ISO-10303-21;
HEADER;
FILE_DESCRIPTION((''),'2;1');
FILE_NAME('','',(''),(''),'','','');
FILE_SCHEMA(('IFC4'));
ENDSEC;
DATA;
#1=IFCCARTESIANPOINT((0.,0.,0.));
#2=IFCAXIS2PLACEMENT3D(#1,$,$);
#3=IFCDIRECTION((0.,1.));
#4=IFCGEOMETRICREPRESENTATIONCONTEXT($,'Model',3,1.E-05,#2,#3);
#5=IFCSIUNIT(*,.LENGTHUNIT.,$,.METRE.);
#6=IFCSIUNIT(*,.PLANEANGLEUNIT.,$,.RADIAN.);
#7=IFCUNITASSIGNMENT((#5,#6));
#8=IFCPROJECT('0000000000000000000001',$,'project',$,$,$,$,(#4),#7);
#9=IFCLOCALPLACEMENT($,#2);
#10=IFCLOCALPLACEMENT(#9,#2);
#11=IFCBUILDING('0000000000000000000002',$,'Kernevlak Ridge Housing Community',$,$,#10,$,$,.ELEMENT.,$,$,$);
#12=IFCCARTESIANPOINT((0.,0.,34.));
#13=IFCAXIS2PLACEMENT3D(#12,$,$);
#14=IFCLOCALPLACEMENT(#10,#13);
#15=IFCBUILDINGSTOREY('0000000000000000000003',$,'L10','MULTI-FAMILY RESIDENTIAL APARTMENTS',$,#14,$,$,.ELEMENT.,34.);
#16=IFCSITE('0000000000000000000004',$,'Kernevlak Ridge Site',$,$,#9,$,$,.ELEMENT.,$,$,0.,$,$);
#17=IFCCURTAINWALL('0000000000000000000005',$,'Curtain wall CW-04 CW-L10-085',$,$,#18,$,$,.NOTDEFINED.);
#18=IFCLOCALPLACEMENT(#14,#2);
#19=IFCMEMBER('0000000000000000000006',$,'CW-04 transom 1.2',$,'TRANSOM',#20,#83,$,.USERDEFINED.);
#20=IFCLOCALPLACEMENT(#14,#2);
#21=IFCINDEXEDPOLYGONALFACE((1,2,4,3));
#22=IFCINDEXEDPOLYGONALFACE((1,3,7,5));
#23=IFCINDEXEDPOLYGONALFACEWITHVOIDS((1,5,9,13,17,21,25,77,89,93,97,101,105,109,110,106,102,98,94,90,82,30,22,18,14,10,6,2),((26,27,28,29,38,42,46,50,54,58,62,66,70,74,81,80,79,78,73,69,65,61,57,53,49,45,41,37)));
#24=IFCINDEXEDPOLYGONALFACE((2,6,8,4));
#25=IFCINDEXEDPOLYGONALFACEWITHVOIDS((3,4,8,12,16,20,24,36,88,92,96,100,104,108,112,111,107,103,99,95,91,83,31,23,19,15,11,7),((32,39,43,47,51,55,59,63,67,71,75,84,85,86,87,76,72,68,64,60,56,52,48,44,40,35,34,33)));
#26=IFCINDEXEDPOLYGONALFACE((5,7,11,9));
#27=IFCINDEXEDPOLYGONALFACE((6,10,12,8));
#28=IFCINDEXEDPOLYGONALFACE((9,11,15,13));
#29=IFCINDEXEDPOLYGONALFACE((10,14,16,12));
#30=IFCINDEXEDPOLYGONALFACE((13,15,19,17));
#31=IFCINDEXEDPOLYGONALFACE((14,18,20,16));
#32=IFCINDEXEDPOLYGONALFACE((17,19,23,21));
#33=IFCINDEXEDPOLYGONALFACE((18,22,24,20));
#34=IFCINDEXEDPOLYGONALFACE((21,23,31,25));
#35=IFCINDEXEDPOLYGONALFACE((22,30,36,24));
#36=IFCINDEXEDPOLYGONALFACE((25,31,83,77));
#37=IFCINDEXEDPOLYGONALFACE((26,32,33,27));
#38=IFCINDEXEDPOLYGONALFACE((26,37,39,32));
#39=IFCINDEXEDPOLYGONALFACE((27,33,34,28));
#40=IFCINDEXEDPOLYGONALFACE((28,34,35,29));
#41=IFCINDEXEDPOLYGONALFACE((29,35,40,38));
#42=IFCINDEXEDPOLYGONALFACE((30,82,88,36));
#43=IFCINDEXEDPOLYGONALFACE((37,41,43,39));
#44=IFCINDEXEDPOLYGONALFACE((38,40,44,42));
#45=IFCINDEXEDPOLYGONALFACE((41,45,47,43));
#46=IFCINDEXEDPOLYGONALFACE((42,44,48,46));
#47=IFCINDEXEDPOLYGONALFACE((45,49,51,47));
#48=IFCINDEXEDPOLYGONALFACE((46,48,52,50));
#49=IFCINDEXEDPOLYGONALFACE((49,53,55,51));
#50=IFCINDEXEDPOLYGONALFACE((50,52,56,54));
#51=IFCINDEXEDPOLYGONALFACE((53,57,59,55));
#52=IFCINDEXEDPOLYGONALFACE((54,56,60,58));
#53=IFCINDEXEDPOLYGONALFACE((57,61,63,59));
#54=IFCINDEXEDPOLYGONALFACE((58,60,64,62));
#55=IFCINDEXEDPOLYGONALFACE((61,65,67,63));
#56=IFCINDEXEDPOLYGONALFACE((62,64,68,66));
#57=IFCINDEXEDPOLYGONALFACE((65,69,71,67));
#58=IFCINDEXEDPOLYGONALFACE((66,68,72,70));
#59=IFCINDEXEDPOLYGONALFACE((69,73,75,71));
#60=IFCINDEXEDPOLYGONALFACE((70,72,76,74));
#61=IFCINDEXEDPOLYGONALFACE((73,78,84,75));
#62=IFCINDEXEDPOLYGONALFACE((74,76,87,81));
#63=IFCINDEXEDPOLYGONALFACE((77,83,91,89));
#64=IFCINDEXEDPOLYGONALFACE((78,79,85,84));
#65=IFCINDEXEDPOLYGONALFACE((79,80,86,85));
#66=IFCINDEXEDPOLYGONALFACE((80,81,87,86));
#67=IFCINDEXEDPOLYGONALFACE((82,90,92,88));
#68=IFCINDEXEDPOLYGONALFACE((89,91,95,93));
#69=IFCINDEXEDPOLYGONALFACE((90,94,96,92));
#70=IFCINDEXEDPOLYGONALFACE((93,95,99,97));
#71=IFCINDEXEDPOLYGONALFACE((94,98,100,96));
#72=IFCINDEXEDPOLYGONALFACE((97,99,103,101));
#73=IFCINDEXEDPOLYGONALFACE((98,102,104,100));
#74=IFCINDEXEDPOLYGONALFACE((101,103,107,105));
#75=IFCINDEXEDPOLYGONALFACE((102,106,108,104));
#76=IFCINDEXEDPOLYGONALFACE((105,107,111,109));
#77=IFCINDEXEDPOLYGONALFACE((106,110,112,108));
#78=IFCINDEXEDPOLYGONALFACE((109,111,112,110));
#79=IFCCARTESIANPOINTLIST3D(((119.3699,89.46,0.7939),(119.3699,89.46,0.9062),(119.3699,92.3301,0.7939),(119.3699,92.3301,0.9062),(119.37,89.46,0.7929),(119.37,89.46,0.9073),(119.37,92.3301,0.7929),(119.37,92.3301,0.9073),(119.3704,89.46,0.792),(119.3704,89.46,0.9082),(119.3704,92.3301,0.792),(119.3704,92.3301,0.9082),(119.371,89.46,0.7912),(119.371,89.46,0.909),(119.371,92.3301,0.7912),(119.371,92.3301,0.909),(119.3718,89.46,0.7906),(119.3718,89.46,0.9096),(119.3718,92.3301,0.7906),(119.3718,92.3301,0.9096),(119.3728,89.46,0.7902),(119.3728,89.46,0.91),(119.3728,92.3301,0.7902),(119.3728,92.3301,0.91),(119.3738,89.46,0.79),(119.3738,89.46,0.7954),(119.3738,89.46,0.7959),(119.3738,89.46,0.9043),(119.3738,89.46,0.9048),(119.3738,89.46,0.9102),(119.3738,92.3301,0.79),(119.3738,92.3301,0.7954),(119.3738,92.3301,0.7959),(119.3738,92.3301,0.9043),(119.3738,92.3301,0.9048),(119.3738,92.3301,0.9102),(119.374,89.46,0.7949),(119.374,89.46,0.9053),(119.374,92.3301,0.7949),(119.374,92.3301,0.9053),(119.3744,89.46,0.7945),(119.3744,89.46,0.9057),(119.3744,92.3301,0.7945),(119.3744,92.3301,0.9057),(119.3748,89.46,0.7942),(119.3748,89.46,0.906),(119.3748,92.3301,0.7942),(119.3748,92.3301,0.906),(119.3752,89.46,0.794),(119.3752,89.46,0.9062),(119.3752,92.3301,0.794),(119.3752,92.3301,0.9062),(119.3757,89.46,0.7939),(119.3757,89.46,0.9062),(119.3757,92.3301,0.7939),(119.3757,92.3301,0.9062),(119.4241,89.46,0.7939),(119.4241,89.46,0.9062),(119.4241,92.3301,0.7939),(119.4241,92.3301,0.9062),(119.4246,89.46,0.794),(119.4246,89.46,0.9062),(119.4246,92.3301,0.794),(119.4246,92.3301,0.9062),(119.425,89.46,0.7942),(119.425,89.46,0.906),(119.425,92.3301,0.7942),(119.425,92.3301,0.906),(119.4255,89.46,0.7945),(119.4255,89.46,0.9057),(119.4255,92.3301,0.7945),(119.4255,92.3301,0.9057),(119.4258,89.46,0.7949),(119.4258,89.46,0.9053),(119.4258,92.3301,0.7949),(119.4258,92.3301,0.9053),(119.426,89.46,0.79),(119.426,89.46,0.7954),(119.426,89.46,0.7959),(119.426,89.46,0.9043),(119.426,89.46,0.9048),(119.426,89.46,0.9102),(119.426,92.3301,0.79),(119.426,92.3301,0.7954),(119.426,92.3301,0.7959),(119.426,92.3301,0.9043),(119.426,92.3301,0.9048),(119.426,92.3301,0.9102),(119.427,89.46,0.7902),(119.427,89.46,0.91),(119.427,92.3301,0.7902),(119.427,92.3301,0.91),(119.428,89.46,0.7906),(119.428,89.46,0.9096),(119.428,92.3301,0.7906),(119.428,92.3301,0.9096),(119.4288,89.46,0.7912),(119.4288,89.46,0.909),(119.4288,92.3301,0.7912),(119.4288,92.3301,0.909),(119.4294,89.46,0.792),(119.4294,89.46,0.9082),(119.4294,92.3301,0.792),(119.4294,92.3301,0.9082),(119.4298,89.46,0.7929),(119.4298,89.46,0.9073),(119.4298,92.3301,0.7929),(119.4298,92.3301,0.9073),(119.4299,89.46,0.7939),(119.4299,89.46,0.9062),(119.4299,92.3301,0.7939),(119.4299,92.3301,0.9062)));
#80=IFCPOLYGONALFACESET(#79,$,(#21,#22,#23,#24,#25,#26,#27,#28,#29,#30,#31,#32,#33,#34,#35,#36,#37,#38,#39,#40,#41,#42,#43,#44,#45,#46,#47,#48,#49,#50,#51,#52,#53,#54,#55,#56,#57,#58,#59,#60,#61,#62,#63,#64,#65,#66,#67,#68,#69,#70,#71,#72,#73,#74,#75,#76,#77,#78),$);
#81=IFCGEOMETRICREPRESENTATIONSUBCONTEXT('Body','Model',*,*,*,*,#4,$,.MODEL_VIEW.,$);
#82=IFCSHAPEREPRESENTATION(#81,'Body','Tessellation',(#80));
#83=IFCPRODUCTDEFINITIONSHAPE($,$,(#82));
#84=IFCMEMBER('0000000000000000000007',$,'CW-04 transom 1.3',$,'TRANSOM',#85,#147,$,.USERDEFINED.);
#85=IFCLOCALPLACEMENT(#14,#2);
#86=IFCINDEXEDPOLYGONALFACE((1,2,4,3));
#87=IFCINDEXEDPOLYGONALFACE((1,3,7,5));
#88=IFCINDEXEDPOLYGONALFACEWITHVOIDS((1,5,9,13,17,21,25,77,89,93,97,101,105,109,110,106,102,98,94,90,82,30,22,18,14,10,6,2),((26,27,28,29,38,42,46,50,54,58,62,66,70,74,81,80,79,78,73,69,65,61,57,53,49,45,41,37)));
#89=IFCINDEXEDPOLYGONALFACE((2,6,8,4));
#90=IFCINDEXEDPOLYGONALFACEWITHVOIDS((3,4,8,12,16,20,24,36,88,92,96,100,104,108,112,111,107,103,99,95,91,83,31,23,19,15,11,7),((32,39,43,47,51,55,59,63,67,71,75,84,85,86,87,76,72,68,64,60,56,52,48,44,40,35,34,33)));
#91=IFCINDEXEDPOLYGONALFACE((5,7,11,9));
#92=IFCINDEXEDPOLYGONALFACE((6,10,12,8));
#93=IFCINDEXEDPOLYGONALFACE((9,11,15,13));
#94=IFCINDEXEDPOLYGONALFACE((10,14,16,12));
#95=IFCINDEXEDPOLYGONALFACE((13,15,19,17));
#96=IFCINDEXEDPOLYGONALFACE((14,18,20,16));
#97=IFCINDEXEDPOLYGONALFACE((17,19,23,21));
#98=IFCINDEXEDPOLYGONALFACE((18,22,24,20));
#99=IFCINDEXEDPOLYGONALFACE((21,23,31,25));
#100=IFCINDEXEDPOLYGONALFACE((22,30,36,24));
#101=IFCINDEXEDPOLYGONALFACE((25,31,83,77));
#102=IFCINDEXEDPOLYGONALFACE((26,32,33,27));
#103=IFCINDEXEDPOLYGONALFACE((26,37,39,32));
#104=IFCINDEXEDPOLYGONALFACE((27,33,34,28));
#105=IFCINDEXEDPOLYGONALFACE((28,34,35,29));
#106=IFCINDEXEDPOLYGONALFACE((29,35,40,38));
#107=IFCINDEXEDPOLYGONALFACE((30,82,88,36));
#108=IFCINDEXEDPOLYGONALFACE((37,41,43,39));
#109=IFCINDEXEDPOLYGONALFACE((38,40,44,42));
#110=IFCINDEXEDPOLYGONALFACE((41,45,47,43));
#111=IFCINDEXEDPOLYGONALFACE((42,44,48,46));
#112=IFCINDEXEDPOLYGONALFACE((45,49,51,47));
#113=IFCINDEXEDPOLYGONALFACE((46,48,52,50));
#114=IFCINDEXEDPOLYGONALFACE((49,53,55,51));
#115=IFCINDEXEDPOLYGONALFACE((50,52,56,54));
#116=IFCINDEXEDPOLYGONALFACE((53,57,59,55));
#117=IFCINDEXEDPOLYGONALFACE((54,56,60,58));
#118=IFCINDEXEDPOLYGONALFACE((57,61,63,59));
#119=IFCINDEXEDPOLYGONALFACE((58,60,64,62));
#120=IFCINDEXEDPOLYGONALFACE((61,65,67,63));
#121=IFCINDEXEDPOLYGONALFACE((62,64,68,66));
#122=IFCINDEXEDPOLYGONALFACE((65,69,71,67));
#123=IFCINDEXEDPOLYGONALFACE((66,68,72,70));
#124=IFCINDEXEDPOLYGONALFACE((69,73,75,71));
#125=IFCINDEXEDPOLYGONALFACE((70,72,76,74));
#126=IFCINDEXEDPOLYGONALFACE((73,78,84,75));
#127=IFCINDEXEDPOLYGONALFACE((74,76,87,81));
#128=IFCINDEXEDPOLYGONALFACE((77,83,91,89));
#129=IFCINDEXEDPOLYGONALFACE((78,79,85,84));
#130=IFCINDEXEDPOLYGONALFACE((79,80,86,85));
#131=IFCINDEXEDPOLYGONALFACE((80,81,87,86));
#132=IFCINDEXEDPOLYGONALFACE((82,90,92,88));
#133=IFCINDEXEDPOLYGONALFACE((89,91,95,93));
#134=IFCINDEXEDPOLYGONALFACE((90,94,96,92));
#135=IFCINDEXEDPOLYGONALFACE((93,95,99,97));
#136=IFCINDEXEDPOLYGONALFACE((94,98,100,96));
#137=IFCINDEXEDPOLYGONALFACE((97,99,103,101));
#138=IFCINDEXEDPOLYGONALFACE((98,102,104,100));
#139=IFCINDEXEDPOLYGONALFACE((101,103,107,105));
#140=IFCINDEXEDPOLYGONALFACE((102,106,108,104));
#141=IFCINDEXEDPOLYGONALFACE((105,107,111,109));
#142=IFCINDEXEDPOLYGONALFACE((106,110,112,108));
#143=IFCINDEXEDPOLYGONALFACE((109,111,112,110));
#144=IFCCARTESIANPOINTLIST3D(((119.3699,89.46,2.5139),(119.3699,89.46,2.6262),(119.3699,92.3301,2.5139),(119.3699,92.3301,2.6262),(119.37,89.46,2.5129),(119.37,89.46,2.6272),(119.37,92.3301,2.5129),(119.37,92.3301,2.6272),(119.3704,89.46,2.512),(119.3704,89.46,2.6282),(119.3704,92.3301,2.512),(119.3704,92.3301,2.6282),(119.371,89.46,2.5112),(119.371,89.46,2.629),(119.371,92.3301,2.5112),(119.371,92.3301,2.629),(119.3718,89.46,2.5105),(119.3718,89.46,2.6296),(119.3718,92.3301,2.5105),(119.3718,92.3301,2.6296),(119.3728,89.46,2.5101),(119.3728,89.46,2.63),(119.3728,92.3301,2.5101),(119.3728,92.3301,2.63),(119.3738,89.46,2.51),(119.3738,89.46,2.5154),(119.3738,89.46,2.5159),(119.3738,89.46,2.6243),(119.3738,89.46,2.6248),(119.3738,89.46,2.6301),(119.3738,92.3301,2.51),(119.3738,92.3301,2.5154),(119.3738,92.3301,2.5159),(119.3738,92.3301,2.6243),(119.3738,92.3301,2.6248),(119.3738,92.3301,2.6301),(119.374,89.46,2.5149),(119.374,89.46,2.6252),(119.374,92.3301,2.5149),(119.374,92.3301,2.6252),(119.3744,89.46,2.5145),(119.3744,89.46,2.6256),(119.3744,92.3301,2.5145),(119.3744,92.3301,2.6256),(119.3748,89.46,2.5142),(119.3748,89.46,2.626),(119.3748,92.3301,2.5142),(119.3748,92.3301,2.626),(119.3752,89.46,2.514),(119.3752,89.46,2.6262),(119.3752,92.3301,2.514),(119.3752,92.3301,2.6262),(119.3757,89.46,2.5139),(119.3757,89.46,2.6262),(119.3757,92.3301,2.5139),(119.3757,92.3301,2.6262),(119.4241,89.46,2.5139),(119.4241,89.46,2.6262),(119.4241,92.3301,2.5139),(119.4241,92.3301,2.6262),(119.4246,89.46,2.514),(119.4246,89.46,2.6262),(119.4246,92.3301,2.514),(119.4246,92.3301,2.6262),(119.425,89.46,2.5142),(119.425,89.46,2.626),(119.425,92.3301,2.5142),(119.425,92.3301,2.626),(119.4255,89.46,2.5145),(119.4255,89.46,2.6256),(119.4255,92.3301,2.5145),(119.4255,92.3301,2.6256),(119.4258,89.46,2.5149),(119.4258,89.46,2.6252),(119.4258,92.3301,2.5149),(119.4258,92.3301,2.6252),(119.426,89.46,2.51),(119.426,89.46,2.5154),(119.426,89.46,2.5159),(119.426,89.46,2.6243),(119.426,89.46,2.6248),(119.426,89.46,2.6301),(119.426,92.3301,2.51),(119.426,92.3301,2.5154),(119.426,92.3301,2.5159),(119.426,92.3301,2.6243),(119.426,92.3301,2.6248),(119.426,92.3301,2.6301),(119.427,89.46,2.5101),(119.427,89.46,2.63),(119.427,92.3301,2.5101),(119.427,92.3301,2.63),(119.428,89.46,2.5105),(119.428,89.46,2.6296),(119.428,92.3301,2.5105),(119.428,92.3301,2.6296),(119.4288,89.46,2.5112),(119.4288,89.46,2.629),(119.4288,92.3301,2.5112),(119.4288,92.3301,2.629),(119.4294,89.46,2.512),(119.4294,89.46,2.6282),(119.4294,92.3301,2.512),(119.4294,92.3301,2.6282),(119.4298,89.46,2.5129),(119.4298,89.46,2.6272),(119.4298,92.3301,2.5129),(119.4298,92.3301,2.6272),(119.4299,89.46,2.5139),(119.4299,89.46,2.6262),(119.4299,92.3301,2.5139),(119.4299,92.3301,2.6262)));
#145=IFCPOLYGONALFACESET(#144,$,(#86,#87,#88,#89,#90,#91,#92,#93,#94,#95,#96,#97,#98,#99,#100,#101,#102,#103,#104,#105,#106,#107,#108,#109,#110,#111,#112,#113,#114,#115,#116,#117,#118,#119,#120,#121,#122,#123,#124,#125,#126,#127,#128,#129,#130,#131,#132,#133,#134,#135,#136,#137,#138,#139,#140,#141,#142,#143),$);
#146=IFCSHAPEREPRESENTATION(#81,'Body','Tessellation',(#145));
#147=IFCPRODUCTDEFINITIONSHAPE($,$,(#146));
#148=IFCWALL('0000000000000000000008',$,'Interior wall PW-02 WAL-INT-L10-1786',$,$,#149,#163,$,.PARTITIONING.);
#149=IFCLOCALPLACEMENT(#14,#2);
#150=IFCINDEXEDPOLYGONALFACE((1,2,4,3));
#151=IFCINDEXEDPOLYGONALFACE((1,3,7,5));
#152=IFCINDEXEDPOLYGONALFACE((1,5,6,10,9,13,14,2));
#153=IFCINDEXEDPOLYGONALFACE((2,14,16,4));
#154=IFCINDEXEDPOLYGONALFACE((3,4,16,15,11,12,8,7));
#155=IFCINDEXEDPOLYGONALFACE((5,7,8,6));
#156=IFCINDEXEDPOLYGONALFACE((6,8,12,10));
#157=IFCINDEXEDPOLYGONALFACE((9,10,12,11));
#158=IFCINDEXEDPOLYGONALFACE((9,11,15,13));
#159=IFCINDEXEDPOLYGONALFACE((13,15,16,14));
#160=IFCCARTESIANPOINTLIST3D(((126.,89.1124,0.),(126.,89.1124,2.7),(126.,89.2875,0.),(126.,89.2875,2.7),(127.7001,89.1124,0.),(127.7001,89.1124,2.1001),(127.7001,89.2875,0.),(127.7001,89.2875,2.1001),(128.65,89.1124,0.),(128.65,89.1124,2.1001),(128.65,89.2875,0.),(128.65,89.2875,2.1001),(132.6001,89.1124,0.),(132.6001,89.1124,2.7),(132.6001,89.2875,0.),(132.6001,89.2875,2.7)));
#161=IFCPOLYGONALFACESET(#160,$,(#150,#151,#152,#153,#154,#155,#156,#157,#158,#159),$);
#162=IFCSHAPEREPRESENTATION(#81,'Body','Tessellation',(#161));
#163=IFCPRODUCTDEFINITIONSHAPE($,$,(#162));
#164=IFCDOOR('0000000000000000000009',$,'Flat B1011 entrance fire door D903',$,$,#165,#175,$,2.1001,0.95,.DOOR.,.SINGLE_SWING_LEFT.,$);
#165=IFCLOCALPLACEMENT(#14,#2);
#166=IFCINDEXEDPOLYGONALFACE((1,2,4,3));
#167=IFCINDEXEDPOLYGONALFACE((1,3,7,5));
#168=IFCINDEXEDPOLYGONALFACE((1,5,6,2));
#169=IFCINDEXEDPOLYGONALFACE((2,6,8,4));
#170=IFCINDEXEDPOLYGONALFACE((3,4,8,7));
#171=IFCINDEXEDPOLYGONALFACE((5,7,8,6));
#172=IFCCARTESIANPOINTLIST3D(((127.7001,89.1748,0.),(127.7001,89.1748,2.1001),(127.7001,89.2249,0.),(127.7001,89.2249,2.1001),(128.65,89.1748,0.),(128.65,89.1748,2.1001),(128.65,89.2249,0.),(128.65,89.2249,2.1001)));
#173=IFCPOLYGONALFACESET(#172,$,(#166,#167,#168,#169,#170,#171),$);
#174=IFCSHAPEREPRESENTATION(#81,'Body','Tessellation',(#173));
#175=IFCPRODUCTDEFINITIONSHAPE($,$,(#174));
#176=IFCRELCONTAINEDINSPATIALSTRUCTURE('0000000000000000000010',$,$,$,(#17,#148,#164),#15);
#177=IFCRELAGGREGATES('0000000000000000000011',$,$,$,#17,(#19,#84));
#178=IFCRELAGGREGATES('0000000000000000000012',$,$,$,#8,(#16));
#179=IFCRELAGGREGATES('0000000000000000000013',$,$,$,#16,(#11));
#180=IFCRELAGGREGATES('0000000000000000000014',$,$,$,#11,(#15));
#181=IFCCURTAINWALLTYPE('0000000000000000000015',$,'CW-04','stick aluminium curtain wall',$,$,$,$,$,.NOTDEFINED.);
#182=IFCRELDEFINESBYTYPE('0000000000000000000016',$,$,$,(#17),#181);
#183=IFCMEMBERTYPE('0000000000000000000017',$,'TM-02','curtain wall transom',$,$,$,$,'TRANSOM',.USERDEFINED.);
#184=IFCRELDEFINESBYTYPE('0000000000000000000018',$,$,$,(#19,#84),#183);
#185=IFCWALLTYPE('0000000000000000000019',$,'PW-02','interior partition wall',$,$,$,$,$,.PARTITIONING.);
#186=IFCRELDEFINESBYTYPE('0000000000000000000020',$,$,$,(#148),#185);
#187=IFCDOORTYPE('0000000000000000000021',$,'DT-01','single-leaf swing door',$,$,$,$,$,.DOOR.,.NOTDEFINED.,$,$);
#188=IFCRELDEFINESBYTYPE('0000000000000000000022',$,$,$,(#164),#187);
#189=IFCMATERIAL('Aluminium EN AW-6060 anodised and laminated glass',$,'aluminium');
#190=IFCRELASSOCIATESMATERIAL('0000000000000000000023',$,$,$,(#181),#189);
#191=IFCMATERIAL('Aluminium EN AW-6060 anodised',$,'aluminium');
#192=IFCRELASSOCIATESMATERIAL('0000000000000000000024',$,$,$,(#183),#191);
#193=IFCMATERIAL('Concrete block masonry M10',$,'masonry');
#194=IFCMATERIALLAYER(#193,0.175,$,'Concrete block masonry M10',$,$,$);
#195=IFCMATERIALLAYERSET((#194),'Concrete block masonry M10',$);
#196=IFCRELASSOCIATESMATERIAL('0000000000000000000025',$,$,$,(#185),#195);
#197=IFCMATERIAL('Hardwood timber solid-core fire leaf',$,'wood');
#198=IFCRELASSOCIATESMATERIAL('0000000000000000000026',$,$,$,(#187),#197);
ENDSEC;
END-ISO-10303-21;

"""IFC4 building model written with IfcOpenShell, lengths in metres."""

from ifc_helpers import new_model, si_unit, direction, frame, frame_2d, origin, origin_2d, place, context, subcontext, project, spatial, rectangle, hollow_rectangle, extrude, material, layer, layer_set, material_profile, profile_set, type_object, element, fill, aggregate, save


model = new_model("IFC4")

# Units and contexts
model_context = context("Model", 3, precision=1e-05, world=origin(), true_north=direction((0.0, 1.0)))
body_context = subcontext(model_context, "Body", "Model", "MODEL_VIEW")
ifc_project = project(units=[si_unit("LENGTHUNIT", "METRE"), si_unit("PLANEANGLEUNIT", "RADIAN")], contexts=[model_context])

# Site, building, storey
site_placement = place(None, origin())
site = spatial("IfcSite", under=ifc_project, at=site_placement, Name="Kernevlak Ridge Site", CompositionType="ELEMENT", RefElevation=0.0)
building_placement = place(site_placement, origin())
building = spatial("IfcBuilding", under=site, at=building_placement, Name="Kernevlak Ridge Housing Community", CompositionType="ELEMENT")
storey_placement = place(building_placement, frame((0.0, 0.0, 34.0)))
storey = spatial("IfcBuildingStorey", under=building, at=storey_placement, Name="L10", Description="MULTI-FAMILY RESIDENTIAL APARTMENTS", CompositionType="ELEMENT", Elevation=34.0)

# Curtain wall, members
ifc_material_1 = material(Name="Aluminium EN AW-6060 anodised and laminated glass", Category="aluminium")
curtain_wall_type = type_object("IfcCurtainWallType", Name="CW-04", Description="stick aluminium curtain wall", PredefinedType="NOTDEFINED", material=ifc_material_1)
curtain_wall_placement = place(storey_placement, origin())
curtain_wall = element("IfcCurtainWall", 1, at=curtain_wall_placement, inside=storey, type_object=curtain_wall_type, Name="Curtain wall CW-04 CW-L10-085", PredefinedType="NOTDEFINED")
ifc_material_2 = material(Name="Aluminium EN AW-6060 anodised", Category="aluminium")
ifc_material_profile_1 = material_profile(ifc_material_2, hollow_rectangle(XDim=0.0601, YDim=0.1201, WallThickness=0.0039, InnerFilletRadius=0.002, OuterFilletRadius=0.0039, at=origin_2d()), Name="ALU 60x120x4")
ifc_profile_set_1 = profile_set([ifc_material_profile_1], Name="Aluminium EN AW-6060 anodised")
member_type_1 = type_object("IfcMemberType", Name="TM-02", Description="curtain wall transom", ElementType="TRANSOM", PredefinedType="USERDEFINED", material=ifc_profile_set_1)
member_1_placement = place(storey_placement, frame((119.3999, 89.46, 0.8501), z_axis=(0.0, 1.0, 0.0), x_axis=(-1.0, 0.0, 0.0)))
member_1 = element("IfcMember", 2, at=member_1_placement, type_object=member_type_1, Name="CW-04 transom 1.2", ObjectType="TRANSOM", PredefinedType="USERDEFINED", context=body_context, shape_type="SweptSolid", body=[
    extrude(hollow_rectangle(XDim=0.0601, YDim=0.1201, WallThickness=0.0039, InnerFilletRadius=0.002, OuterFilletRadius=0.0039, at=origin_2d()), origin(), (0.0, 0.0, 1.0), 2.8701),
])
member_2_placement = place(storey_placement, frame((119.3999, 89.46, 2.5701), z_axis=(0.0, 1.0, 0.0), x_axis=(-1.0, 0.0, 0.0)))
member_2 = element("IfcMember", 3, at=member_2_placement, type_object=member_type_1, Name="CW-04 transom 1.3", ObjectType="TRANSOM", PredefinedType="USERDEFINED", context=body_context, shape_type="SweptSolid", body=[
    extrude(hollow_rectangle(XDim=0.0601, YDim=0.1201, WallThickness=0.0039, InnerFilletRadius=0.002, OuterFilletRadius=0.0039, at=origin_2d()), origin(), (0.0, 0.0, 1.0), 2.8701),
])
aggregate(curtain_wall, [member_1, member_2])

# Wall, opening, door
ifc_material_3 = material(Name="Concrete block masonry M10", Category="masonry")
ifc_layer_1 = layer(ifc_material_3, 0.175, Name="Concrete block masonry M10")
ifc_layer_set_1 = layer_set([ifc_layer_1], Name="Concrete block masonry M10")
wall_type_1 = type_object("IfcWallType", Name="PW-02", Description="interior partition wall", PredefinedType="PARTITIONING", material=ifc_layer_set_1)
wall_1_placement = place(storey_placement, frame((126.0, 89.2, 0.0), z_axis=(0.0, 0.0, 1.0), x_axis=(1.0, 0.0, 0.0)))
wall_1 = element("IfcWall", 4, at=wall_1_placement, inside=storey, type_object=wall_type_1, Name="Interior wall PW-02 WAL-INT-L10-1786", PredefinedType="PARTITIONING", context=body_context, shape_type="SweptSolid", body=[
    extrude(rectangle(XDim=6.6001, YDim=0.175, at=frame_2d((3.3, 0.0))), origin(), (0.0, 0.0, 1.0), 2.7),
])
opening_1_placement = place(wall_1_placement, frame((1.7, 0.0, 0.0)))
opening_1 = element("IfcOpeningElement", 5, at=opening_1_placement, cuts=wall_1, PredefinedType="OPENING", context=body_context, shape_type="SweptSolid", body=[
    extrude(rectangle(XDim=0.95, YDim=2.1001, at=frame_2d((0.4751, 1.05))), frame((0.0, 0.0974, 0.0), z_axis=(0.0, -1.0, 0.0), x_axis=(1.0, 0.0, 0.0)), (0.0, 0.0, 1.0), 0.1951),
])
ifc_material_4 = material(Name="Hardwood timber solid-core fire leaf", Category="wood")
door_type_1 = type_object("IfcDoorType", Name="DT-01", Description="single-leaf swing door", OperationType="NOTDEFINED", PredefinedType="DOOR", material=ifc_material_4)
door_1_placement = place(opening_1_placement, origin())
door_1 = element("IfcDoor", 6, at=door_1_placement, inside=storey, type_object=door_type_1, Name="Flat B1011 entrance fire door D903", OperationType="SINGLE_SWING_LEFT", OverallHeight=2.1001, OverallWidth=0.95, PredefinedType="DOOR", context=body_context, shape_type="SweptSolid", body=[
    extrude(rectangle(XDim=0.95, YDim=2.1001, at=frame_2d((0.4751, 1.05))), frame((0.0, 0.0249, 0.0), z_axis=(0.0, -1.0, 0.0), x_axis=(1.0, 0.0, 0.0)), (0.0, 0.0, 1.0), 0.05),
])
fill(opening_1, door_1)

save(model, "model.ifc")
